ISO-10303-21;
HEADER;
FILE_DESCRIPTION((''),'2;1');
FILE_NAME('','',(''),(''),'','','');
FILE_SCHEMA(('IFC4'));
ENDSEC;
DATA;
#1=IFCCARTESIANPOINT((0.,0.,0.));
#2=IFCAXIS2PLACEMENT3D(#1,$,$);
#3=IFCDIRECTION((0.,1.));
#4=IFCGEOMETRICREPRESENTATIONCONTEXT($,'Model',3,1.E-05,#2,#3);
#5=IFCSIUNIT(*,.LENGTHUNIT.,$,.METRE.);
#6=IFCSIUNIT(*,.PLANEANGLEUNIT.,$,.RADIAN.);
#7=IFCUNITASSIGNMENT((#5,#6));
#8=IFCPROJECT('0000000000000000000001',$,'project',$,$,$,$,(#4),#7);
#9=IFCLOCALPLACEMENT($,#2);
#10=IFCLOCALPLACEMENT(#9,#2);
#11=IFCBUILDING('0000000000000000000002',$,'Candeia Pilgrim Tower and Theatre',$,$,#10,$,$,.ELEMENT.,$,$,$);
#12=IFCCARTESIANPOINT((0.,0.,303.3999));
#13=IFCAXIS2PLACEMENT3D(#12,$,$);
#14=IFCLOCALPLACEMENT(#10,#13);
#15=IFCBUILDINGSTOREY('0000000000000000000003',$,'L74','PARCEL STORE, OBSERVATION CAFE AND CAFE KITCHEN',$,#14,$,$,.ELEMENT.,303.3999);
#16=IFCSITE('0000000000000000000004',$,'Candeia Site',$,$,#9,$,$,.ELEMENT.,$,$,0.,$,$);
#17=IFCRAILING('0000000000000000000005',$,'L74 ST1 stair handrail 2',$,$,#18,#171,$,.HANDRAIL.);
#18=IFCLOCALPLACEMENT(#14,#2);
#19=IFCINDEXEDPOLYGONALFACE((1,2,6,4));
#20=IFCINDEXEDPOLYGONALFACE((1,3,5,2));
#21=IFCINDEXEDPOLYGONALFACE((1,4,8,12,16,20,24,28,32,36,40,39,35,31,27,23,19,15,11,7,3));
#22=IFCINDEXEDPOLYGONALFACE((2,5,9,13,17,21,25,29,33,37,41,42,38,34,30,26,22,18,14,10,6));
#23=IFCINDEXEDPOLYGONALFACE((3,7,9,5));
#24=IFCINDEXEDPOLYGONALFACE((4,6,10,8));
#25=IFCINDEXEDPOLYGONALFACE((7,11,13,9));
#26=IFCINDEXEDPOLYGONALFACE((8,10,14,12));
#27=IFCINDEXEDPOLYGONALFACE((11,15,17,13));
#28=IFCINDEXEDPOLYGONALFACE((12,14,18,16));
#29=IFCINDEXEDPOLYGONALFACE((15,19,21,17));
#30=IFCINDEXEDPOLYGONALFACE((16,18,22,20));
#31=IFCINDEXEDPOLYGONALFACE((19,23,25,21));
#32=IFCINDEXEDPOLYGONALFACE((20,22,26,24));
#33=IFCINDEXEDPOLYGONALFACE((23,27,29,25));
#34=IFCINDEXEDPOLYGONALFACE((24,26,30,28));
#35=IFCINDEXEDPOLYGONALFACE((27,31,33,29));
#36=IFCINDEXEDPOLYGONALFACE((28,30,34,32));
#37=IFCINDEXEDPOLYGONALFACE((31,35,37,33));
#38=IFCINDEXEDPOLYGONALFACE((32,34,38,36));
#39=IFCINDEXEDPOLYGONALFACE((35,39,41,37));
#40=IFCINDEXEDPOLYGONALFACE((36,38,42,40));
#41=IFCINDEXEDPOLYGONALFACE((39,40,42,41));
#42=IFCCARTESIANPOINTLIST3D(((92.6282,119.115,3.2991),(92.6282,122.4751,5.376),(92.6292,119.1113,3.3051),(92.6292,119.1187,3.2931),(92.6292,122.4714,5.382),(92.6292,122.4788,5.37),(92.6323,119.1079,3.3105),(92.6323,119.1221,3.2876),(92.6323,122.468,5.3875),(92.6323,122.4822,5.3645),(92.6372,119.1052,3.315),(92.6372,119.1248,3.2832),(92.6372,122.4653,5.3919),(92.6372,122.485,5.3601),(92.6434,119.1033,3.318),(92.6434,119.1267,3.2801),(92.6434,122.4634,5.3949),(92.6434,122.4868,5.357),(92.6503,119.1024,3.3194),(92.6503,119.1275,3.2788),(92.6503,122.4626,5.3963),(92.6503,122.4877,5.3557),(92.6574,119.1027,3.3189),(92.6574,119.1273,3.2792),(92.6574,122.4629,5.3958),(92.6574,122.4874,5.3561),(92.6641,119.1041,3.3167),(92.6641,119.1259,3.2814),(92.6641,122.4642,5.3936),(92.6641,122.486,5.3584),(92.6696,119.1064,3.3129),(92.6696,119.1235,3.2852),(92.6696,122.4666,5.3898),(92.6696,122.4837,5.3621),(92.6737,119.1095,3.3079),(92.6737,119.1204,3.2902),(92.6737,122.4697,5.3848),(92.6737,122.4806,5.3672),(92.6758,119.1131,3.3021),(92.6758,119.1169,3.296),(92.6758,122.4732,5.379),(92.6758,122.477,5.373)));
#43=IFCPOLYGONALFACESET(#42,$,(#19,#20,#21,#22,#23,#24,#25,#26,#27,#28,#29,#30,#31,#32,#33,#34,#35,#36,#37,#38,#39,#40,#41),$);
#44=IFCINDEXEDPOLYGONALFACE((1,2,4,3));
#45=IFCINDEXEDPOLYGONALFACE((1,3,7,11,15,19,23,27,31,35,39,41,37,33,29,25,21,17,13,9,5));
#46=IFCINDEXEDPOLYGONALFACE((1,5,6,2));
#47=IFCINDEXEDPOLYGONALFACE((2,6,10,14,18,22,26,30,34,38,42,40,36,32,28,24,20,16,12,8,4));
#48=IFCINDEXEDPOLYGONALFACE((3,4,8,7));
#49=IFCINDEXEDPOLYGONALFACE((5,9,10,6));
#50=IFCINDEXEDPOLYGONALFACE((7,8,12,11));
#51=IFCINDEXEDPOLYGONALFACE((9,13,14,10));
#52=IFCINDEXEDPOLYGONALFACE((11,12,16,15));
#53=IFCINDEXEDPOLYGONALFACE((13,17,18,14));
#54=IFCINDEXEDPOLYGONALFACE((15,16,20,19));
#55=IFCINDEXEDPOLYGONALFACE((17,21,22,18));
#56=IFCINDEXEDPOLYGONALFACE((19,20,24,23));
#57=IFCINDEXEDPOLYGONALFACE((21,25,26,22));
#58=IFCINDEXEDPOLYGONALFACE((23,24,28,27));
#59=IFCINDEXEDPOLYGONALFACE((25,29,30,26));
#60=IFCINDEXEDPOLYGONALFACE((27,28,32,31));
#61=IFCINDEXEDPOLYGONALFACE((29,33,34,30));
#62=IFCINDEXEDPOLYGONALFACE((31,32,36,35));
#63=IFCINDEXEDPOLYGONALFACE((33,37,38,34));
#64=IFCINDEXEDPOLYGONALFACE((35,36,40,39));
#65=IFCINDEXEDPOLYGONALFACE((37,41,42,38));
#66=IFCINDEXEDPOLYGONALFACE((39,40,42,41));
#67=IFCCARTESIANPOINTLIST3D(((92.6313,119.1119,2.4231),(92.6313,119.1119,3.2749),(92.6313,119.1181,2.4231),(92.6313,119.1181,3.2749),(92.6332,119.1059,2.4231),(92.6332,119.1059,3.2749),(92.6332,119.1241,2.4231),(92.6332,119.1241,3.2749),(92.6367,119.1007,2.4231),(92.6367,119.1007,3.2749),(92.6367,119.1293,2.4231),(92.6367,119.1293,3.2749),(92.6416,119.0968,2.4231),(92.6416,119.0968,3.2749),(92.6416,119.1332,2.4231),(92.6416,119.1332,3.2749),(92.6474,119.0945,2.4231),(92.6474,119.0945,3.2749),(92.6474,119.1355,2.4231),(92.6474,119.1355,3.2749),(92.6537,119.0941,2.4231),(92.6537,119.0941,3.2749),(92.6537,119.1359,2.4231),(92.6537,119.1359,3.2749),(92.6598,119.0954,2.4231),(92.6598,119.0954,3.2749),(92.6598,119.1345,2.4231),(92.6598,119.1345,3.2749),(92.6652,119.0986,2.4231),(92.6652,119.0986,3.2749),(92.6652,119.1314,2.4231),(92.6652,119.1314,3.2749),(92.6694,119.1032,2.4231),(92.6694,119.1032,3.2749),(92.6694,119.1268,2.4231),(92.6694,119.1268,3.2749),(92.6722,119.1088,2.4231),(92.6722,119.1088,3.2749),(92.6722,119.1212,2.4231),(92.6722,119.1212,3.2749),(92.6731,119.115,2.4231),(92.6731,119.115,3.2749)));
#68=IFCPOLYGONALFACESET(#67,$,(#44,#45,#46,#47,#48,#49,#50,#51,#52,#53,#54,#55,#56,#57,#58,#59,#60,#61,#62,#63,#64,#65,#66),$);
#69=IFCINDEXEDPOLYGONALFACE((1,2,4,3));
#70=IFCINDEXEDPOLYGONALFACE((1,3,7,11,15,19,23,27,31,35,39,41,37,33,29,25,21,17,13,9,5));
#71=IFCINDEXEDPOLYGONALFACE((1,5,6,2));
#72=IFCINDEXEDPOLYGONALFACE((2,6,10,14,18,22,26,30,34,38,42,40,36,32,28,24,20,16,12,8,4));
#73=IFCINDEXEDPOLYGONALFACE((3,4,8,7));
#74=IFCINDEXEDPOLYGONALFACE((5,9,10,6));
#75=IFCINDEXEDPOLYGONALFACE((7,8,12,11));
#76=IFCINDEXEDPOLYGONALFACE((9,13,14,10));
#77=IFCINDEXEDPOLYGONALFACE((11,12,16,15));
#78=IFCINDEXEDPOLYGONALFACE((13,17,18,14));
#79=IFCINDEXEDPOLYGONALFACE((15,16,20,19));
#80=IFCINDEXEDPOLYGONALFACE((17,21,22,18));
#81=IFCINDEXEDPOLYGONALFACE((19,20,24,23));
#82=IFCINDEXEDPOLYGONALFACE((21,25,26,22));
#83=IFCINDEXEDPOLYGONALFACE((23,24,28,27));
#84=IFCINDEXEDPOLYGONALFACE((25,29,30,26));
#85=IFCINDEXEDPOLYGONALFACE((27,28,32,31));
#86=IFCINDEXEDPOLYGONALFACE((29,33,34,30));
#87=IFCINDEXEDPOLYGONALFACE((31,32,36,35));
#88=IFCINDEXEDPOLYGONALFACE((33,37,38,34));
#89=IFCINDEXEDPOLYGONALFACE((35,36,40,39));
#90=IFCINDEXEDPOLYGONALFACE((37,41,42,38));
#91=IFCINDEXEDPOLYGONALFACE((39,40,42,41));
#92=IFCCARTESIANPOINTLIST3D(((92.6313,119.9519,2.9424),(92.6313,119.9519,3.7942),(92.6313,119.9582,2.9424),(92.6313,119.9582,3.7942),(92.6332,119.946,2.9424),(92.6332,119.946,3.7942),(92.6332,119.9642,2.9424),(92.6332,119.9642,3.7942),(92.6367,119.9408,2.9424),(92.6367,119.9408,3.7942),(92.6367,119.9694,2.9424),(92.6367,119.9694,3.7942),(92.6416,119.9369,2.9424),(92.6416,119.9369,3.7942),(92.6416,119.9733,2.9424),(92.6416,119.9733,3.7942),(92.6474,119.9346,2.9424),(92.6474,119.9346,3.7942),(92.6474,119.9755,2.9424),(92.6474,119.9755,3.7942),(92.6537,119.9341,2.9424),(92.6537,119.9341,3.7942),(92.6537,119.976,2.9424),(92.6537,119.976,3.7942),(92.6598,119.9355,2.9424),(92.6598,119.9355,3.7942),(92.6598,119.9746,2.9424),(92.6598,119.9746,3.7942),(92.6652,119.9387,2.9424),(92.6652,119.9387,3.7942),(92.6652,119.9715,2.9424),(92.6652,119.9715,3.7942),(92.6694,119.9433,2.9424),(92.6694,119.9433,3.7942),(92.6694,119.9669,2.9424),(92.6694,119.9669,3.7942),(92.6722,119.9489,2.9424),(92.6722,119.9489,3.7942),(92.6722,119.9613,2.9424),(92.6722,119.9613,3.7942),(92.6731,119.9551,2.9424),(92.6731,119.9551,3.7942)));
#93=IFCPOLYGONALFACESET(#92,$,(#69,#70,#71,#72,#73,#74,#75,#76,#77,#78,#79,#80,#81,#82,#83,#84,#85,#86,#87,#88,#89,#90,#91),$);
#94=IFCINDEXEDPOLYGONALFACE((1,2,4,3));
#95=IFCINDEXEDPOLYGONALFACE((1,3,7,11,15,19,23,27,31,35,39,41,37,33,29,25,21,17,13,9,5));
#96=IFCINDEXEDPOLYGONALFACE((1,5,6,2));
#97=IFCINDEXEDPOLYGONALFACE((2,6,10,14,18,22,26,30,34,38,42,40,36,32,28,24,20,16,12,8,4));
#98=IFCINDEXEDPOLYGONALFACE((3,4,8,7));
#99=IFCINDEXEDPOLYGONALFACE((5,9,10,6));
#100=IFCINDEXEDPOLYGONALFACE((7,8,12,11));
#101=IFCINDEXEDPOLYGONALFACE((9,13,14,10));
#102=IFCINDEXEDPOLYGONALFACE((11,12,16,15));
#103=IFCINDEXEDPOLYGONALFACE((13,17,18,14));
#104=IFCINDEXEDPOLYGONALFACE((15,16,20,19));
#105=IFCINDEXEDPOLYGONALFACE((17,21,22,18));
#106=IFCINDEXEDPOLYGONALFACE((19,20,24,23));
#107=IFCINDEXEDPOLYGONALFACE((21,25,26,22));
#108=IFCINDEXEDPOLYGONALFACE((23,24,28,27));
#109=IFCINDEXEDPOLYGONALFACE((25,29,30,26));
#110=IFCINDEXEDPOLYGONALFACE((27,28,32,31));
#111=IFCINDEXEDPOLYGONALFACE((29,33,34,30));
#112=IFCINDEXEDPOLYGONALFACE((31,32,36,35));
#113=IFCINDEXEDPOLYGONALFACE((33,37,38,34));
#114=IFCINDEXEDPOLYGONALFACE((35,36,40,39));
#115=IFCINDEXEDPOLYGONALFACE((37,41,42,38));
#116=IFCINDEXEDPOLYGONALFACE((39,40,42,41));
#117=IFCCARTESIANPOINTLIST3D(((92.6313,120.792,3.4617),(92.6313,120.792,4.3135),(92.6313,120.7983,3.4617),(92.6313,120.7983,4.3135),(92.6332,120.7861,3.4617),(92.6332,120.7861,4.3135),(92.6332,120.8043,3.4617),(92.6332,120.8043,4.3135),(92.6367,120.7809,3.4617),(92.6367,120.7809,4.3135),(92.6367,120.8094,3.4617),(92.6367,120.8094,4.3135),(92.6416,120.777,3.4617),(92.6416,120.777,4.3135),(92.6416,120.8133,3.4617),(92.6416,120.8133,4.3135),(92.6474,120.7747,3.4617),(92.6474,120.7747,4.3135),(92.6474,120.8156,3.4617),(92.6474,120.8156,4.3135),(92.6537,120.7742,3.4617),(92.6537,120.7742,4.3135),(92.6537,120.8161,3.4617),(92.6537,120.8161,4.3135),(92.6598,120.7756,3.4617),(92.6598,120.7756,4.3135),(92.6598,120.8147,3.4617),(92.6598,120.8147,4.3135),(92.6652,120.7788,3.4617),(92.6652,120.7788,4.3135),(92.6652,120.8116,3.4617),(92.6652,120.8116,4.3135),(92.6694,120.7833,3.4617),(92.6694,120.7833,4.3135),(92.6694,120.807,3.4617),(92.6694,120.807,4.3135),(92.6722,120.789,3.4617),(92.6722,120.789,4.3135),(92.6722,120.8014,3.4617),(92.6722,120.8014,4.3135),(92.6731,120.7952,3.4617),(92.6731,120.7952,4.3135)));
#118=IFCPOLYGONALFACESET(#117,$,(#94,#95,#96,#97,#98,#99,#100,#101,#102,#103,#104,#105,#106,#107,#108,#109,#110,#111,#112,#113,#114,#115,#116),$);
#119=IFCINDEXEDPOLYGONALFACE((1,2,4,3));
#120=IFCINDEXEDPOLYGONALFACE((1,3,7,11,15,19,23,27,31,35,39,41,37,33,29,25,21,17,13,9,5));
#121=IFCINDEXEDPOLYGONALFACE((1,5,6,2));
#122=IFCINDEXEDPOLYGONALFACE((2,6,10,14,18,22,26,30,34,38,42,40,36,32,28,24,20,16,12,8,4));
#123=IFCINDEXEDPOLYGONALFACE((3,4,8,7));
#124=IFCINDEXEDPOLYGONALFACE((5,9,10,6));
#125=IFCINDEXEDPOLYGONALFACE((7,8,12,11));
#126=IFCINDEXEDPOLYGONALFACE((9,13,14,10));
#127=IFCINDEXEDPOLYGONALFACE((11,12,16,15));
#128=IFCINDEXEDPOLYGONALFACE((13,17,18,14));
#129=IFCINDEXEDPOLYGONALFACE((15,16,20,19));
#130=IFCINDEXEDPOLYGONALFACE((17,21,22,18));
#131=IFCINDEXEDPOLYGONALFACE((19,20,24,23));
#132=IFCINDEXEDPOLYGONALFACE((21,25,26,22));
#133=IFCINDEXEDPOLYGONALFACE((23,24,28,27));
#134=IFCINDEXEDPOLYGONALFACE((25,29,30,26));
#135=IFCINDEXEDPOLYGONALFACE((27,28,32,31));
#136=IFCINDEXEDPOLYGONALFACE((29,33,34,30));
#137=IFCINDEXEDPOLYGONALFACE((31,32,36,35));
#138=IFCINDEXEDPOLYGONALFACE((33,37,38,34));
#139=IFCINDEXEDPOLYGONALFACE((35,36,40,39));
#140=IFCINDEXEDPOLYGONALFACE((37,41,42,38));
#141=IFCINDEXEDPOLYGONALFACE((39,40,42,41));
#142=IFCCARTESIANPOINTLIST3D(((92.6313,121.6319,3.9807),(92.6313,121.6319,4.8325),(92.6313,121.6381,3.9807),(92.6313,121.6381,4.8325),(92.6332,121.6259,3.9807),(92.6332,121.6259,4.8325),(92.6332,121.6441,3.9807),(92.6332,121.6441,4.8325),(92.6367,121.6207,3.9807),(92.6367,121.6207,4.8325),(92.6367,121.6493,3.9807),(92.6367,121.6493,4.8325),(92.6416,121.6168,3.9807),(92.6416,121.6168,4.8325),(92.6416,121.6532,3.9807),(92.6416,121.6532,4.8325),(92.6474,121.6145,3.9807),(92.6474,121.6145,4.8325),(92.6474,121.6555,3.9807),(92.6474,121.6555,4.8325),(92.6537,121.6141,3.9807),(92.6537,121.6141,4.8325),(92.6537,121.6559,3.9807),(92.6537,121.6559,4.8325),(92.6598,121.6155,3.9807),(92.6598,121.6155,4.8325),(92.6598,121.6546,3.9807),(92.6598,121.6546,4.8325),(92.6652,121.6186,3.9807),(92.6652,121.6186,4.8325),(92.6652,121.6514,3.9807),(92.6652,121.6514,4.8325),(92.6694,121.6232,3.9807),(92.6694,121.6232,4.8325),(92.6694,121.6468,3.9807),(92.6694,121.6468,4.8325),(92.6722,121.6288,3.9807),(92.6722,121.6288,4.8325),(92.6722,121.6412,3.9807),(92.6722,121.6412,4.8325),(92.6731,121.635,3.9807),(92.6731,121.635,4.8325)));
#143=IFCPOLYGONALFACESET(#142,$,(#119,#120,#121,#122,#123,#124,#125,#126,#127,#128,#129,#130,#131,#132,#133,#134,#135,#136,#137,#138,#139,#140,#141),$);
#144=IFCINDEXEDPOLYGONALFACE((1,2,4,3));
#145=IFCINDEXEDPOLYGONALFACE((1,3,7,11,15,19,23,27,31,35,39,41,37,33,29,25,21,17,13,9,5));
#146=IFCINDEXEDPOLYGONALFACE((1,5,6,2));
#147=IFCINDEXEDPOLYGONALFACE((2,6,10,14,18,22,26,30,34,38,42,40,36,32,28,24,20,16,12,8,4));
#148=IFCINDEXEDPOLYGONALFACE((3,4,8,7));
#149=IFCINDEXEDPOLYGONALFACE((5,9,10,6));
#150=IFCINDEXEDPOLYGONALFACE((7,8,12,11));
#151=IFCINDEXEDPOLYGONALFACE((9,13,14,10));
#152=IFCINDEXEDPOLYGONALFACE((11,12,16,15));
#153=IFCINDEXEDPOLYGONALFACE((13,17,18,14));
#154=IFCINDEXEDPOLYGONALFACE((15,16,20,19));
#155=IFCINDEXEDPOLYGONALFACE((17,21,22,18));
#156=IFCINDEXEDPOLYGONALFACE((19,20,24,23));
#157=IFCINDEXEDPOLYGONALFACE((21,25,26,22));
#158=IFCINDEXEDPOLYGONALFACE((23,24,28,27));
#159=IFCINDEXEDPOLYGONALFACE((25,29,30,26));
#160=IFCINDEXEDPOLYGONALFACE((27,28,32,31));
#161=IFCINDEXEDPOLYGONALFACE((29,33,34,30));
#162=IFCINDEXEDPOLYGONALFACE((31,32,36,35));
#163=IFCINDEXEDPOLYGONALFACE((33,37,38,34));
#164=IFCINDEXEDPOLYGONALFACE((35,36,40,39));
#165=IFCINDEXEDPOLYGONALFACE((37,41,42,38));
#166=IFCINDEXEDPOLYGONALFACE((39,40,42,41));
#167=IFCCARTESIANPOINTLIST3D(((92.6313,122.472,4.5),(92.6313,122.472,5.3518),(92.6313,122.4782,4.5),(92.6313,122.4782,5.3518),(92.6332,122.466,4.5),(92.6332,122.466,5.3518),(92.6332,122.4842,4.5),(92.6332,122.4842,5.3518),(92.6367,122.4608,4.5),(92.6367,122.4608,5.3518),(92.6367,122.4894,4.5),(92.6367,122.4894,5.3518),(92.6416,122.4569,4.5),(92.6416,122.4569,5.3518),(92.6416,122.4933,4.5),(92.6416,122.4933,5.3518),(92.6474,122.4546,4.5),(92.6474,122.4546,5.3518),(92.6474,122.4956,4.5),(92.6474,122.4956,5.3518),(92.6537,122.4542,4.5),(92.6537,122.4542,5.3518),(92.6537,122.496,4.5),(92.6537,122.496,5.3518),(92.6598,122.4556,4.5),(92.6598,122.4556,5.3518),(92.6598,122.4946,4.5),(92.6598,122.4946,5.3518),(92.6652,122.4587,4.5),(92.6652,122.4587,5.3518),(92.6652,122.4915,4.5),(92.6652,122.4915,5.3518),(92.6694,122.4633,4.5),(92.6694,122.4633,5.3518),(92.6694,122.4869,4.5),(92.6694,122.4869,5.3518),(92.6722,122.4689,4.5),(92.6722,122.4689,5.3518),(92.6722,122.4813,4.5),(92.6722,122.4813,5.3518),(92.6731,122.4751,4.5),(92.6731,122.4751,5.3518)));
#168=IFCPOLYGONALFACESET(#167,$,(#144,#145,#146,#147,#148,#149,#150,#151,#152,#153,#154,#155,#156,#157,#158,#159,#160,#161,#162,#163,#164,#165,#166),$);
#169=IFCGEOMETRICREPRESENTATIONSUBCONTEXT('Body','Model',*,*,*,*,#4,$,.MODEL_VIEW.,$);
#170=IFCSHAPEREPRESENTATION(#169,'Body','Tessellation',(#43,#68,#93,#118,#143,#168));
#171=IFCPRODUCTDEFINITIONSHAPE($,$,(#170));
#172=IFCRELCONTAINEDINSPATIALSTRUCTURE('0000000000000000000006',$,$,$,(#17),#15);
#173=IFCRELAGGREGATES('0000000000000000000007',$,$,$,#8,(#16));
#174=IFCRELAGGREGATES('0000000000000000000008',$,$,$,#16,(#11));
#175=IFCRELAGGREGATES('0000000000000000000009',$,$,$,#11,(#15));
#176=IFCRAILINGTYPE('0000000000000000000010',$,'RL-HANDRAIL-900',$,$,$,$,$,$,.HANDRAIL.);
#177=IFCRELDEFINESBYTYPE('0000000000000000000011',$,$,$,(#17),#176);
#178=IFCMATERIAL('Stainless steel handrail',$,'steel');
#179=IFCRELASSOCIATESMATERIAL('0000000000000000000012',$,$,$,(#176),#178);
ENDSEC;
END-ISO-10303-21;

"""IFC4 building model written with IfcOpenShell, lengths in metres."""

from ifc_helpers import new_model, si_unit, direction, frame, origin, origin_2d, place, context, subcontext, project, spatial, circle, extrude, material, type_object, element, save


model = new_model("IFC4")

# Units and contexts
model_context = context("Model", 3, precision=1e-05, world=origin(), true_north=direction((0.0, 1.0)))
body_context = subcontext(model_context, "Body", "Model", "MODEL_VIEW")
ifc_project = project(units=[si_unit("LENGTHUNIT", "METRE"), si_unit("PLANEANGLEUNIT", "RADIAN")], contexts=[model_context])

# Site, building, storey
site_placement = place(None, origin())
site = spatial("IfcSite", under=ifc_project, at=site_placement, Name="Candeia Site", CompositionType="ELEMENT", RefElevation=0.0)
building_placement = place(site_placement, origin())
building = spatial("IfcBuilding", under=site, at=building_placement, Name="Candeia Pilgrim Tower and Theatre", CompositionType="ELEMENT")
storey_placement = place(building_placement, frame((0.0, 0.0, 303.3999)))
storey = spatial("IfcBuildingStorey", under=building, at=storey_placement, Name="L74", Description="PARCEL STORE, OBSERVATION CAFE AND CAFE KITCHEN", CompositionType="ELEMENT", Elevation=303.3999)

# Railing
ifc_material_1 = material(Name="Stainless steel handrail", Category="steel")
railing_type_1 = type_object("IfcRailingType", Name="RL-HANDRAIL-900", PredefinedType="HANDRAIL", material=ifc_material_1)
railing_1_placement = place(storey_placement, frame((92.6521, 119.115, 2.4231)))
element("IfcRailing", 1, at=railing_1_placement, inside=storey, type_object=railing_type_1, Name="L74 ST1 stair handrail 2", PredefinedType="HANDRAIL", context=body_context, shape_type="SweptSolid", body=[
    extrude(circle(Radius=0.0239, at=origin_2d()), frame((0.0, 0.0, 0.876), z_axis=(0.0, 0.850623, 0.525776), x_axis=(-1.0, 0.0, 0.0)), (0.0, 0.0, 1.0), 3.9502),
    extrude(circle(Radius=0.021, at=origin_2d()), origin(), (0.0, 0.0, 1.0), 0.8518),
    extrude(circle(Radius=0.021, at=origin_2d()), frame((0.0, 0.8401, 0.5193)), (0.0, 0.0, 1.0), 0.8518),
    extrude(circle(Radius=0.021, at=origin_2d()), frame((0.0, 1.6802, 1.0386)), (0.0, 0.0, 1.0), 0.8518),
    extrude(circle(Radius=0.021, at=origin_2d()), frame((0.0, 2.52, 1.5576)), (0.0, 0.0, 1.0), 0.8518),
    extrude(circle(Radius=0.021, at=origin_2d()), frame((0.0, 3.3601, 2.0769)), (0.0, 0.0, 1.0), 0.8518),
])

save(model, "model.ifc")
